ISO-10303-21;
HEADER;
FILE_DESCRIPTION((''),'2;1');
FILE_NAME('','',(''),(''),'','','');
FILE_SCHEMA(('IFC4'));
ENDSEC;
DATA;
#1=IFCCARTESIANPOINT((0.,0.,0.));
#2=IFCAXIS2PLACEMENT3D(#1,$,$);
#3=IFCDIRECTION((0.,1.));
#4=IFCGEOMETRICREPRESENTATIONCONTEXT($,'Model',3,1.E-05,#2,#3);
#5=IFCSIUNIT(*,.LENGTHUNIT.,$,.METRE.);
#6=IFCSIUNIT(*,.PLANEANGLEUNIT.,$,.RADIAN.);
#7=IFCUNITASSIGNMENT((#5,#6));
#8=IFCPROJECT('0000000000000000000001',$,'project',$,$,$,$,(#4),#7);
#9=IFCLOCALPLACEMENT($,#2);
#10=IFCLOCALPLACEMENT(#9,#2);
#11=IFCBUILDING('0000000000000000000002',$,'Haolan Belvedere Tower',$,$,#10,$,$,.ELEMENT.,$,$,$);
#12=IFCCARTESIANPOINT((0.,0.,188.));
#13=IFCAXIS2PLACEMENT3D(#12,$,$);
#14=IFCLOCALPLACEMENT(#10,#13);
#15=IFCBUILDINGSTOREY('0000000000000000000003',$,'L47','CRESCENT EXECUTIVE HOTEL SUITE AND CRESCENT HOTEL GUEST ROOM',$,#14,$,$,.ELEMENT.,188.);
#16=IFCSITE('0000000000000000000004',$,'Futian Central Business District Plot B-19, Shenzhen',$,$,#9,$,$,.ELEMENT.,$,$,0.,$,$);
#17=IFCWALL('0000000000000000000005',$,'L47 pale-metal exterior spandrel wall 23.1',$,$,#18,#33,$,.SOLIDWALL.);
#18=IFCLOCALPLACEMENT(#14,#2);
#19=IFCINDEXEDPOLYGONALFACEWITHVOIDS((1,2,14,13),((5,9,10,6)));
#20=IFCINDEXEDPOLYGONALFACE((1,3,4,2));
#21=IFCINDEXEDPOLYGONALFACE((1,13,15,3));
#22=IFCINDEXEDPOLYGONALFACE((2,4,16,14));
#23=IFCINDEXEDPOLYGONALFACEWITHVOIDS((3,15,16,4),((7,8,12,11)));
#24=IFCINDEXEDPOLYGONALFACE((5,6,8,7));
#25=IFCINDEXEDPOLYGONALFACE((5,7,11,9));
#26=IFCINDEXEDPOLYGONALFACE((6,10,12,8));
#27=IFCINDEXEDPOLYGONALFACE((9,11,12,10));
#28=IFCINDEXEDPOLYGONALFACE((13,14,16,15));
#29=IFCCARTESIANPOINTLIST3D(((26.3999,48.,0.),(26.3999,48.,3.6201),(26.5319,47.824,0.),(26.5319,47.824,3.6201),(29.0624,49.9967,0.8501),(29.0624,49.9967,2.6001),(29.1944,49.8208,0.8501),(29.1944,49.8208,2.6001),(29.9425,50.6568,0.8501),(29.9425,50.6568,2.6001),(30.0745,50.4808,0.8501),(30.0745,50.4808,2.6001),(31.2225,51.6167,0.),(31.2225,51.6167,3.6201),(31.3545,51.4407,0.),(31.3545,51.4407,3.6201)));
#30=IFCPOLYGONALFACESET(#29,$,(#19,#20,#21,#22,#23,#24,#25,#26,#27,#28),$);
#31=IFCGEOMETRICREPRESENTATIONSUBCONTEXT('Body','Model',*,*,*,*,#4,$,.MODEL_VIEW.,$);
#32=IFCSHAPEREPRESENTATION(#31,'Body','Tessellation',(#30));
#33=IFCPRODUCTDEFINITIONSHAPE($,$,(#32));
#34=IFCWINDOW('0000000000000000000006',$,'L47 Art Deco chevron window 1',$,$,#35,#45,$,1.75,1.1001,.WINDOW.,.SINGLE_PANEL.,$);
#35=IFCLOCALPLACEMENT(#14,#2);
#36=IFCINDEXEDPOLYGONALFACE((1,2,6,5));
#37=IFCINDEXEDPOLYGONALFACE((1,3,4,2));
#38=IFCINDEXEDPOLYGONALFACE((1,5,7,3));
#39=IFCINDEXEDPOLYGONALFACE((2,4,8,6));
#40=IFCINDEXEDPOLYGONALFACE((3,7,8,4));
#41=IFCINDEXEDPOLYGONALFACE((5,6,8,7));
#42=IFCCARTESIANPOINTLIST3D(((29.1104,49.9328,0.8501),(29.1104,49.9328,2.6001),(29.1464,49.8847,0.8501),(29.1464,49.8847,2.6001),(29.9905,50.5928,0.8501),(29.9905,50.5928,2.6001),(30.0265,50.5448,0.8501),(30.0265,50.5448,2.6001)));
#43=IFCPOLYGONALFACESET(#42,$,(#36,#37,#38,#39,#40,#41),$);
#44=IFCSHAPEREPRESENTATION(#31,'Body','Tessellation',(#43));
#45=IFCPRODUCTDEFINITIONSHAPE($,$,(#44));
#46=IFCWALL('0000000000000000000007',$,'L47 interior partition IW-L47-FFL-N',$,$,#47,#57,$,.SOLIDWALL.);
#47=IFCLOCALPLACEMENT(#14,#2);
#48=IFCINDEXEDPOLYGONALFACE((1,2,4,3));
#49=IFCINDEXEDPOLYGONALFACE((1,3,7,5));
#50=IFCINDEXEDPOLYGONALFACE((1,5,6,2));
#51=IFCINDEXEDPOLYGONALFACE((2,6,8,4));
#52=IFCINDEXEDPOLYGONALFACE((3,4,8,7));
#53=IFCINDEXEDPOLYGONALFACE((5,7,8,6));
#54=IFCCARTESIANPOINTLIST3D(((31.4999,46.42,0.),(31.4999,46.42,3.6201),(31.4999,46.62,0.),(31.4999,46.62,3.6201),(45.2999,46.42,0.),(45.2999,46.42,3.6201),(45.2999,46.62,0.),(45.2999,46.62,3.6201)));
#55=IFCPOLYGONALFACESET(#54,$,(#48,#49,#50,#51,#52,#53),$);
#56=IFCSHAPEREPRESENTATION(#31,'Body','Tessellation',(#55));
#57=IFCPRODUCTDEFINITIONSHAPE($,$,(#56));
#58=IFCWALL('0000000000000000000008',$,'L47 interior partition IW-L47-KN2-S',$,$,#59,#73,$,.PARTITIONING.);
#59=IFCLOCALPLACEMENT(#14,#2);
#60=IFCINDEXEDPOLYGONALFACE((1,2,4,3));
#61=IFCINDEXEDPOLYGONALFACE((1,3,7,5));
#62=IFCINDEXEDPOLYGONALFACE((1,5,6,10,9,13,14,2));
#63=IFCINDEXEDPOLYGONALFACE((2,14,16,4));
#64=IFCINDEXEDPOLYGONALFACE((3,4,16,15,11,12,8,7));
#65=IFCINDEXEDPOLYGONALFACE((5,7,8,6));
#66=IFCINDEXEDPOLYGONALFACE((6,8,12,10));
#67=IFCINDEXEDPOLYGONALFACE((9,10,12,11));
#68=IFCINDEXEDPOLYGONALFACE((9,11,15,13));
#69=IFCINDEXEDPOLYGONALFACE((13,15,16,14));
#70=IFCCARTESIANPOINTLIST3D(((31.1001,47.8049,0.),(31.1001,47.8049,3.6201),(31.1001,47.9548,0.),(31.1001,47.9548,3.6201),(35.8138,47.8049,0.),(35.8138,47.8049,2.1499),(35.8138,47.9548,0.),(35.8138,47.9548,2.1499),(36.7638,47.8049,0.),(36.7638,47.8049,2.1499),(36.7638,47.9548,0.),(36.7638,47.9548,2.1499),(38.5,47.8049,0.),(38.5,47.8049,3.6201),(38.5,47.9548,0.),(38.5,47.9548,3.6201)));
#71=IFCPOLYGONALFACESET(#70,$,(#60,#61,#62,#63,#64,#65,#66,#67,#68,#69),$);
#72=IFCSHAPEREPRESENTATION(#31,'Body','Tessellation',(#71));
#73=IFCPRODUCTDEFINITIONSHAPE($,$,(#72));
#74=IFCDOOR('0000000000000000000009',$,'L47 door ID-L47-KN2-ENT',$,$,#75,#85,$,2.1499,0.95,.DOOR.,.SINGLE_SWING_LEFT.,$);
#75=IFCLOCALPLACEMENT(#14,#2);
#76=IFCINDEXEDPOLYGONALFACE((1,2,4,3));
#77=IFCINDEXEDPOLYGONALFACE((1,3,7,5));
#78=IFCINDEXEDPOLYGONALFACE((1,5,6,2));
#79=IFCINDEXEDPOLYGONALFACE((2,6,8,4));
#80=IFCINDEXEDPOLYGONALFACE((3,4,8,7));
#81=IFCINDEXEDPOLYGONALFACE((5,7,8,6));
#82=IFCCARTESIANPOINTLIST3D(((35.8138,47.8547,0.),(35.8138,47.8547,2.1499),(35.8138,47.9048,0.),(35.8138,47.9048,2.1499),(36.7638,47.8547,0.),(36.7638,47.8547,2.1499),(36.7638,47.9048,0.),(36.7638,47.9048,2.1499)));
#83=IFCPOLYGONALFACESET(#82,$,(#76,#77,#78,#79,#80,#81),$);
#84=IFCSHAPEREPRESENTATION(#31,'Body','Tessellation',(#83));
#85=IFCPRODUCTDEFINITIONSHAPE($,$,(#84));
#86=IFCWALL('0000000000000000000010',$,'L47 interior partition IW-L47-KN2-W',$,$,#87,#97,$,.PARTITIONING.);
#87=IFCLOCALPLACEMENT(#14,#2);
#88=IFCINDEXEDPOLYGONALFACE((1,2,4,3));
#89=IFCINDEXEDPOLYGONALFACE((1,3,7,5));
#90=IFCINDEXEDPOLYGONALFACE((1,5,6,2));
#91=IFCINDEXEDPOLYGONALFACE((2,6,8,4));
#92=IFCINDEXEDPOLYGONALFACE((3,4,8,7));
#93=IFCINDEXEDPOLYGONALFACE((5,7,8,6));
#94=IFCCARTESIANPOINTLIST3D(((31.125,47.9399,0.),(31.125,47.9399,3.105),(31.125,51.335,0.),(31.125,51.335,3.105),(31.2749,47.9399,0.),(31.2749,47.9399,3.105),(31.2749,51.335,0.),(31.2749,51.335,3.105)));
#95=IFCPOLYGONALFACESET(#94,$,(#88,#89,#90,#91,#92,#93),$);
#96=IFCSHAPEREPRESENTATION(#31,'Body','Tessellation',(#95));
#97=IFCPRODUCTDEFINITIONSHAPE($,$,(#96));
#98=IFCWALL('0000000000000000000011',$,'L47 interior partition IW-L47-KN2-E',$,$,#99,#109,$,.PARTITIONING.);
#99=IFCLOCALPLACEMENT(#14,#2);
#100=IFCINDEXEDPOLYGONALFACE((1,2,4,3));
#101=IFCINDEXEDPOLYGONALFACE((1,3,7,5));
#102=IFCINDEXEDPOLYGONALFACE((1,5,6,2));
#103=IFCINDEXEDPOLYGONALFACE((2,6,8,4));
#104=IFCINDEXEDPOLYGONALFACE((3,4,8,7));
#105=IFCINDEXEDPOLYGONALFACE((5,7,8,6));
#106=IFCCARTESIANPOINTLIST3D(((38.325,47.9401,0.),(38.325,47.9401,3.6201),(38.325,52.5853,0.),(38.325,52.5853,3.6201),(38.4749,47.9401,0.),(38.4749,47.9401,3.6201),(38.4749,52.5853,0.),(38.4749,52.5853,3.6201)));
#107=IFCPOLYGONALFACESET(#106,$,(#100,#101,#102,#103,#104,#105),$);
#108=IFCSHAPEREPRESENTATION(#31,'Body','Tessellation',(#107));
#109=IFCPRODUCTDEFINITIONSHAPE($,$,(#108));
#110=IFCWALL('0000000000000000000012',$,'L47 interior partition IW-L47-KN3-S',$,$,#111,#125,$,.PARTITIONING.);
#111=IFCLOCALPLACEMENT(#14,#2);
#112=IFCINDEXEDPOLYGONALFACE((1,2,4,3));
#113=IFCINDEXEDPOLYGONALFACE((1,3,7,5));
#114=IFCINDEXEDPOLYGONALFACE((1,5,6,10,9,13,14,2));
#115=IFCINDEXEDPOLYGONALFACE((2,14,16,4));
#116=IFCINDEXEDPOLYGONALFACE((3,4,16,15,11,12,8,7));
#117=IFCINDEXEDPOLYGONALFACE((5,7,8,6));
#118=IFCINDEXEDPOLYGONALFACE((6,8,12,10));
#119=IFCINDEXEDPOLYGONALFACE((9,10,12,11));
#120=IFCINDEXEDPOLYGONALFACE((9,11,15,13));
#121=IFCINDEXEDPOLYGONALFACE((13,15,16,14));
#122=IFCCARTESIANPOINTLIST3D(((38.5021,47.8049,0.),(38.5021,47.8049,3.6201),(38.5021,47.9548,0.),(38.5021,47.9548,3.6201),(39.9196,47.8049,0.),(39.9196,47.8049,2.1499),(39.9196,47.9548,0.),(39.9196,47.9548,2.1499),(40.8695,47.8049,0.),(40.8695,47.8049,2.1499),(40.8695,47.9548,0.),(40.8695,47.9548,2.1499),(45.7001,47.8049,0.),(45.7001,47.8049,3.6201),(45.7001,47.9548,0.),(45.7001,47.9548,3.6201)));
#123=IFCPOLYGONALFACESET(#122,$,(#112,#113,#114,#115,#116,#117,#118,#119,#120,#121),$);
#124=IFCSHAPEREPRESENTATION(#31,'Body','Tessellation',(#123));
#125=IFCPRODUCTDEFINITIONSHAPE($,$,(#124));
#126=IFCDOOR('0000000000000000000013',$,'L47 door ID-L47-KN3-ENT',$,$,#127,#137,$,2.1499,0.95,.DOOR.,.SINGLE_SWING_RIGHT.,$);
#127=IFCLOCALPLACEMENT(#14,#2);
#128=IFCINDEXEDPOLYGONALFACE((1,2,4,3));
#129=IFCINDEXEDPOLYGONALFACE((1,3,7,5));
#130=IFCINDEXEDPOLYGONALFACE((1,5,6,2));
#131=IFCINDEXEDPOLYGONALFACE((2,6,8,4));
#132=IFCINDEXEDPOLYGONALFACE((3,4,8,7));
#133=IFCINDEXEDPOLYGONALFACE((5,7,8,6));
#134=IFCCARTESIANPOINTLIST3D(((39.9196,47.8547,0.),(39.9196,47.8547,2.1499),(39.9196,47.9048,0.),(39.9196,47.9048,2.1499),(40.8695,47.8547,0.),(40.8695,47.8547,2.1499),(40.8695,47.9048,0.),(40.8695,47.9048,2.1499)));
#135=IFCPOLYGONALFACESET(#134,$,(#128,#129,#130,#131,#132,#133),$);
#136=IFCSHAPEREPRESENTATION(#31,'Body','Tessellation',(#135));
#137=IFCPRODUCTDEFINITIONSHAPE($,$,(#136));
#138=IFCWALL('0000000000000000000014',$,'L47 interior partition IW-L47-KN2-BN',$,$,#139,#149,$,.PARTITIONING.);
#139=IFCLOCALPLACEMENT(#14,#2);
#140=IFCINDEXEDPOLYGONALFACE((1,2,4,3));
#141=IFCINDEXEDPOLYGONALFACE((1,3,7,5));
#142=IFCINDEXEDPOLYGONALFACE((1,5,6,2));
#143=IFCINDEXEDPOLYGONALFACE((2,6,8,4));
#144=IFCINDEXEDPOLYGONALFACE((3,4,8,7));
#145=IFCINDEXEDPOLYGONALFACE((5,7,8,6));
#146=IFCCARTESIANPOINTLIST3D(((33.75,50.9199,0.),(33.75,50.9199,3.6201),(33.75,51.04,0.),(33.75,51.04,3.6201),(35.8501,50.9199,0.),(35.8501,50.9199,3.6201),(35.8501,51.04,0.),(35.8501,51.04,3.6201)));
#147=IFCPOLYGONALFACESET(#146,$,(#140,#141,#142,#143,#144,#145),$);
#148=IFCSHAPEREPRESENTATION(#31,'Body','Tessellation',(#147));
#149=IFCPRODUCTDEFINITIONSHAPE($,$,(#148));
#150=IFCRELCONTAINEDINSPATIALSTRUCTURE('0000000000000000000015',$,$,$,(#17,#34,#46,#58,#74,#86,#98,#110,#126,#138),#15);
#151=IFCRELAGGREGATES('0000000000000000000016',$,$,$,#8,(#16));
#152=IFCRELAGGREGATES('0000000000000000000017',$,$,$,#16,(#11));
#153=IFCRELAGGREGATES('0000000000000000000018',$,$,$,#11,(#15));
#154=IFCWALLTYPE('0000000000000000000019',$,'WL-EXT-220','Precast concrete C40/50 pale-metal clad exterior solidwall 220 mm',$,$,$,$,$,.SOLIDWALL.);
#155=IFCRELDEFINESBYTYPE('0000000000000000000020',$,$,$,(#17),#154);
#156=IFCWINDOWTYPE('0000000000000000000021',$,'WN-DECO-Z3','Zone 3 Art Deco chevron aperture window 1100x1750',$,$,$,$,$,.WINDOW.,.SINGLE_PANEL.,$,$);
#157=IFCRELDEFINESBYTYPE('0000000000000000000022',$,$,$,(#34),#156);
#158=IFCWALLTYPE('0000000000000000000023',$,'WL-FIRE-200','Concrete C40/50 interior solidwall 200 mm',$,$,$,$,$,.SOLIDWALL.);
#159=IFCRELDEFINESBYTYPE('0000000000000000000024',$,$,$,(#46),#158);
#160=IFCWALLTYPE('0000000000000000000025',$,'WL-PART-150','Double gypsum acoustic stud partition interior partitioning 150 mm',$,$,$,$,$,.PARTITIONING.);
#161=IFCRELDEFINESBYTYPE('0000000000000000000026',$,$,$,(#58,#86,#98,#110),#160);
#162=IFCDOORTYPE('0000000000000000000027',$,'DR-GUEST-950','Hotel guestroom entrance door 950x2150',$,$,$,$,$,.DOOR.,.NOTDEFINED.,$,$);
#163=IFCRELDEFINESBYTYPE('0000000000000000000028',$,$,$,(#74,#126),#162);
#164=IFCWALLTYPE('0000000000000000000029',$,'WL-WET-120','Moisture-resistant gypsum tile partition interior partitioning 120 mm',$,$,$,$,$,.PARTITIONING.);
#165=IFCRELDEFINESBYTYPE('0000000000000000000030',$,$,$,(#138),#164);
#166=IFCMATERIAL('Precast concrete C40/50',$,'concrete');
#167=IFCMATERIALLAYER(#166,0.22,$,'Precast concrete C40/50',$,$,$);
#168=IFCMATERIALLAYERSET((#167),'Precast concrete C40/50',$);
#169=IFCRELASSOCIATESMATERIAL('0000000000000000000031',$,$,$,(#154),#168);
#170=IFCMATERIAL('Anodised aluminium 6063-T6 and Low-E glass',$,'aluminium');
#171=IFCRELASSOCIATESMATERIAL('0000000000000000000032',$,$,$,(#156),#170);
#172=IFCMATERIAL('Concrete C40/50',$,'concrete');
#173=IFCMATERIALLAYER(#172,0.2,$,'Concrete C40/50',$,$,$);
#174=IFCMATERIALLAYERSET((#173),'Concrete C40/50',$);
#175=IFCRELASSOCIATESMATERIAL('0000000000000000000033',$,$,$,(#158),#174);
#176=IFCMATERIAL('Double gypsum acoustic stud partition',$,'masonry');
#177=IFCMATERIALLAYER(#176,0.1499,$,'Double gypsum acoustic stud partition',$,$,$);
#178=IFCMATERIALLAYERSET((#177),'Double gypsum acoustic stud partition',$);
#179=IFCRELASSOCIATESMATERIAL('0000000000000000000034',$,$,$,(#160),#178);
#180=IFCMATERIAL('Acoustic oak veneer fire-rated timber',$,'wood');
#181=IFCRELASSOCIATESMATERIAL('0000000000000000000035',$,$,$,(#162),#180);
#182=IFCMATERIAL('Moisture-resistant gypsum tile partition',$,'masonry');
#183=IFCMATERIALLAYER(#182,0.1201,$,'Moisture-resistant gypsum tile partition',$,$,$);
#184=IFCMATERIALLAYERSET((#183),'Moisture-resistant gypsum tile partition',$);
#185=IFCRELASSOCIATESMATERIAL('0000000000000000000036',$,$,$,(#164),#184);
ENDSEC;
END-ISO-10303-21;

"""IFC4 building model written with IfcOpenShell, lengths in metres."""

from ifc_helpers import new_model, si_unit, direction, frame, frame_2d, origin, place, context, subcontext, project, spatial, rectangle, extrude, material, layer, layer_set, type_object, element, fill, save


model = new_model("IFC4")

# Units and contexts
model_context = context("Model", 3, precision=1e-05, world=origin(), true_north=direction((0.0, 1.0)))
body_context = subcontext(model_context, "Body", "Model", "MODEL_VIEW")
ifc_project = project(units=[si_unit("LENGTHUNIT", "METRE"), si_unit("PLANEANGLEUNIT", "RADIAN")], contexts=[model_context])

# Site, building, storey
site_placement = place(None, origin())
site = spatial("IfcSite", under=ifc_project, at=site_placement, Name="Futian Central Business District Plot B-19, Shenzhen", CompositionType="ELEMENT", RefElevation=0.0)
building_placement = place(site_placement, origin())
building = spatial("IfcBuilding", under=site, at=building_placement, Name="Haolan Belvedere Tower", CompositionType="ELEMENT")
storey_placement = place(building_placement, frame((0.0, 0.0, 188.0)))
storey = spatial("IfcBuildingStorey", under=building, at=storey_placement, Name="L47", Description="CRESCENT EXECUTIVE HOTEL SUITE AND CRESCENT HOTEL GUEST ROOM", CompositionType="ELEMENT", Elevation=188.0)

# Wall, opening, window
ifc_material_1 = material(Name="Precast concrete C40/50", Category="concrete")
ifc_layer_1 = layer(ifc_material_1, 0.22, Name="Precast concrete C40/50")
ifc_layer_set_1 = layer_set([ifc_layer_1], Name="Precast concrete C40/50")
wall_type_1 = type_object("IfcWallType", Name="WL-EXT-220", Description="Precast concrete C40/50 pale-metal clad exterior solidwall 220 mm", PredefinedType="SOLIDWALL", material=ifc_layer_set_1)
wall_1_placement = place(storey_placement, frame((31.2886, 51.5288, 0.0), z_axis=(0.0, 0.0, 1.0), x_axis=(-0.800015, -0.599981, 0.0)))
wall_1 = element("IfcWall", 1, at=wall_1_placement, inside=storey, type_object=wall_type_1, Name="L47 pale-metal exterior spandrel wall 23.1", PredefinedType="SOLIDWALL", context=body_context, shape_type="SweptSolid", body=[
    extrude(rectangle(XDim=6.0281, YDim=0.22, at=frame_2d((3.0142, 0.0))), origin(), (0.0, 0.0, 1.0), 3.6201),
])
opening_1_placement = place(wall_1_placement, frame((1.6001, 0.0, 0.8501)))
opening_1 = element("IfcOpeningElement", 2, at=opening_1_placement, cuts=wall_1, PredefinedType="OPENING", context=body_context, shape_type="SweptSolid", body=[
    extrude(rectangle(XDim=1.1001, YDim=1.75, at=frame_2d((0.55, 0.875))), frame((0.0, 0.1199, 0.0), z_axis=(0.0, -1.0, 0.0), x_axis=(1.0, 0.0, 0.0)), (0.0, 0.0, 1.0), 0.24),
])
ifc_material_2 = material(Name="Anodised aluminium 6063-T6 and Low-E glass", Category="aluminium")
window_type = type_object("IfcWindowType", Name="WN-DECO-Z3", Description="Zone 3 Art Deco chevron aperture window 1100x1750", PartitioningType="SINGLE_PANEL", PredefinedType="WINDOW", material=ifc_material_2)
window_placement = place(opening_1_placement, origin())
window = element("IfcWindow", 3, at=window_placement, inside=storey, type_object=window_type, Name="L47 Art Deco chevron window 1", OverallHeight=1.75, OverallWidth=1.1001, PartitioningType="SINGLE_PANEL", PredefinedType="WINDOW", context=body_context, shape_type="SweptSolid", body=[
    extrude(rectangle(XDim=1.1001, YDim=1.75, at=frame_2d((0.55, 0.875))), frame((0.0, 0.03, 0.0), z_axis=(0.0, -1.0, 0.0), x_axis=(1.0, 0.0, 0.0)), (0.0, 0.0, 1.0), 0.0601),
])
fill(opening_1, window)

# Wall
ifc_material_3 = material(Name="Concrete C40/50", Category="concrete")
ifc_layer_2 = layer(ifc_material_3, 0.2, Name="Concrete C40/50")
ifc_layer_set_2 = layer_set([ifc_layer_2], Name="Concrete C40/50")
wall_type_2 = type_object("IfcWallType", Name="WL-FIRE-200", Description="Concrete C40/50 interior solidwall 200 mm", PredefinedType="SOLIDWALL", material=ifc_layer_set_2)
wall_2_placement = place(storey_placement, frame((31.5, 46.52, 0.0), z_axis=(0.0, 0.0, 1.0), x_axis=(1.0, 0.0, 0.0)))
element("IfcWall", 4, at=wall_2_placement, inside=storey, type_object=wall_type_2, Name="L47 interior partition IW-L47-FFL-N", PredefinedType="SOLIDWALL", context=body_context, shape_type="SweptSolid", body=[
    extrude(rectangle(XDim=13.8, YDim=0.2, at=frame_2d((6.8999, 0.0))), origin(), (0.0, 0.0, 1.0), 3.6201),
])

# Wall, opening, door
ifc_material_4 = material(Name="Double gypsum acoustic stud partition", Category="masonry")
ifc_layer_3 = layer(ifc_material_4, 0.1499, Name="Double gypsum acoustic stud partition")
ifc_layer_set_3 = layer_set([ifc_layer_3], Name="Double gypsum acoustic stud partition")
wall_type_3 = type_object("IfcWallType", Name="WL-PART-150", Description="Double gypsum acoustic stud partition interior partitioning 150 mm", PredefinedType="PARTITIONING", material=ifc_layer_set_3)
wall_3_placement = place(storey_placement, frame((31.1001, 47.8799, 0.0), z_axis=(0.0, 0.0, 1.0), x_axis=(1.0, 0.0, 0.0)))
wall_3 = element("IfcWall", 5, at=wall_3_placement, inside=storey, type_object=wall_type_3, Name="L47 interior partition IW-L47-KN2-S", PredefinedType="PARTITIONING", context=body_context, shape_type="SweptSolid", body=[
    extrude(rectangle(XDim=7.3999, YDim=0.1499, at=frame_2d((3.7, 0.0))), origin(), (0.0, 0.0, 1.0), 3.6201),
])
opening_2_placement = place(wall_3_placement, frame((4.7136, 0.0, 0.0)))
opening_2 = element("IfcOpeningElement", 6, at=opening_2_placement, cuts=wall_3, PredefinedType="OPENING", context=body_context, shape_type="SweptSolid", body=[
    extrude(rectangle(XDim=0.95, YDim=2.1499, at=frame_2d((0.4751, 1.075))), frame((0.0, 0.085, 0.0), z_axis=(0.0, -1.0, 0.0), x_axis=(1.0, 0.0, 0.0)), (0.0, 0.0, 1.0), 0.1699),
])
ifc_material_5 = material(Name="Acoustic oak veneer fire-rated timber", Category="wood")
door_type_1 = type_object("IfcDoorType", Name="DR-GUEST-950", Description="Hotel guestroom entrance door 950x2150", OperationType="NOTDEFINED", PredefinedType="DOOR", material=ifc_material_5)
door_1_placement = place(opening_2_placement, origin())
door_1 = element("IfcDoor", 7, at=door_1_placement, inside=storey, type_object=door_type_1, Name="L47 door ID-L47-KN2-ENT", OperationType="SINGLE_SWING_LEFT", OverallHeight=2.1499, OverallWidth=0.95, PredefinedType="DOOR", context=body_context, shape_type="SweptSolid", body=[
    extrude(rectangle(XDim=0.95, YDim=2.1499, at=frame_2d((0.4751, 1.075))), frame((0.0, 0.0249, 0.0), z_axis=(0.0, -1.0, 0.0), x_axis=(1.0, 0.0, 0.0)), (0.0, 0.0, 1.0), 0.05),
])
fill(opening_2, door_1)

# Walls
wall_4_placement = place(storey_placement, frame((31.2, 47.9399, 0.0), z_axis=(0.0, 0.0, 1.0), x_axis=(0.0, 1.0, 0.0)))
element("IfcWall", 8, at=wall_4_placement, inside=storey, type_object=wall_type_3, Name="L47 interior partition IW-L47-KN2-W", PredefinedType="PARTITIONING", context=body_context, shape_type="SweptSolid", body=[
    extrude(rectangle(XDim=3.395, YDim=0.1499, at=frame_2d((1.6975, 0.0))), origin(), (0.0, 0.0, 1.0), 3.105),
])
wall_5_placement = place(storey_placement, frame((38.3999, 47.9399, 0.0), z_axis=(0.0, 0.0, 1.0), x_axis=(0.0, 1.0, 0.0)))
element("IfcWall", 9, at=wall_5_placement, inside=storey, type_object=wall_type_3, Name="L47 interior partition IW-L47-KN2-E", PredefinedType="PARTITIONING", context=body_context, shape_type="SweptSolid", body=[
    extrude(rectangle(XDim=4.6453, YDim=0.1499, at=frame_2d((2.3228, 0.0))), origin(), (0.0, 0.0, 1.0), 3.6201),
])

# Wall, opening, door
wall_6_placement = place(storey_placement, frame((38.502, 47.8799, 0.0), z_axis=(0.0, 0.0, 1.0), x_axis=(1.0, 0.0, 0.0)))
wall_6 = element("IfcWall", 10, at=wall_6_placement, inside=storey, type_object=wall_type_3, Name="L47 interior partition IW-L47-KN3-S", PredefinedType="PARTITIONING", context=body_context, shape_type="SweptSolid", body=[
    extrude(rectangle(XDim=7.198, YDim=0.1499, at=frame_2d((3.5991, 0.0))), origin(), (0.0, 0.0, 1.0), 3.6201),
])
opening_3_placement = place(wall_6_placement, frame((1.4175, 0.0, 0.0)))
opening_3 = element("IfcOpeningElement", 11, at=opening_3_placement, cuts=wall_6, PredefinedType="OPENING", context=body_context, shape_type="SweptSolid", body=[
    extrude(rectangle(XDim=0.95, YDim=2.1499, at=frame_2d((0.4751, 1.075))), frame((0.0, 0.085, 0.0), z_axis=(0.0, -1.0, 0.0), x_axis=(1.0, 0.0, 0.0)), (0.0, 0.0, 1.0), 0.1699),
])
door_2_placement = place(opening_3_placement, origin())
door_2 = element("IfcDoor", 12, at=door_2_placement, inside=storey, type_object=door_type_1, Name="L47 door ID-L47-KN3-ENT", OperationType="SINGLE_SWING_RIGHT", OverallHeight=2.1499, OverallWidth=0.95, PredefinedType="DOOR", context=body_context, shape_type="SweptSolid", body=[
    extrude(rectangle(XDim=0.95, YDim=2.1499, at=frame_2d((0.4751, 1.075))), frame((0.0, 0.0249, 0.0), z_axis=(0.0, -1.0, 0.0), x_axis=(1.0, 0.0, 0.0)), (0.0, 0.0, 1.0), 0.05),
])
fill(opening_3, door_2)

# Wall
ifc_material_6 = material(Name="Moisture-resistant gypsum tile partition", Category="masonry")
ifc_layer_4 = layer(ifc_material_6, 0.1201, Name="Moisture-resistant gypsum tile partition")
ifc_layer_set_4 = layer_set([ifc_layer_4], Name="Moisture-resistant gypsum tile partition")
wall_type_4 = type_object("IfcWallType", Name="WL-WET-120", Description="Moisture-resistant gypsum tile partition interior partitioning 120 mm", PredefinedType="PARTITIONING", material=ifc_layer_set_4)
wall_7_placement = place(storey_placement, frame((33.75, 50.98, 0.0), z_axis=(0.0, 0.0, 1.0), x_axis=(1.0, 0.0, 0.0)))
element("IfcWall", 13, at=wall_7_placement, inside=storey, type_object=wall_type_4, Name="L47 interior partition IW-L47-KN2-BN", PredefinedType="PARTITIONING", context=body_context, shape_type="SweptSolid", body=[
    extrude(rectangle(XDim=2.1001, YDim=0.1201, at=frame_2d((1.05, 0.0))), origin(), (0.0, 0.0, 1.0), 3.6201),
])

save(model, "model.ifc")
